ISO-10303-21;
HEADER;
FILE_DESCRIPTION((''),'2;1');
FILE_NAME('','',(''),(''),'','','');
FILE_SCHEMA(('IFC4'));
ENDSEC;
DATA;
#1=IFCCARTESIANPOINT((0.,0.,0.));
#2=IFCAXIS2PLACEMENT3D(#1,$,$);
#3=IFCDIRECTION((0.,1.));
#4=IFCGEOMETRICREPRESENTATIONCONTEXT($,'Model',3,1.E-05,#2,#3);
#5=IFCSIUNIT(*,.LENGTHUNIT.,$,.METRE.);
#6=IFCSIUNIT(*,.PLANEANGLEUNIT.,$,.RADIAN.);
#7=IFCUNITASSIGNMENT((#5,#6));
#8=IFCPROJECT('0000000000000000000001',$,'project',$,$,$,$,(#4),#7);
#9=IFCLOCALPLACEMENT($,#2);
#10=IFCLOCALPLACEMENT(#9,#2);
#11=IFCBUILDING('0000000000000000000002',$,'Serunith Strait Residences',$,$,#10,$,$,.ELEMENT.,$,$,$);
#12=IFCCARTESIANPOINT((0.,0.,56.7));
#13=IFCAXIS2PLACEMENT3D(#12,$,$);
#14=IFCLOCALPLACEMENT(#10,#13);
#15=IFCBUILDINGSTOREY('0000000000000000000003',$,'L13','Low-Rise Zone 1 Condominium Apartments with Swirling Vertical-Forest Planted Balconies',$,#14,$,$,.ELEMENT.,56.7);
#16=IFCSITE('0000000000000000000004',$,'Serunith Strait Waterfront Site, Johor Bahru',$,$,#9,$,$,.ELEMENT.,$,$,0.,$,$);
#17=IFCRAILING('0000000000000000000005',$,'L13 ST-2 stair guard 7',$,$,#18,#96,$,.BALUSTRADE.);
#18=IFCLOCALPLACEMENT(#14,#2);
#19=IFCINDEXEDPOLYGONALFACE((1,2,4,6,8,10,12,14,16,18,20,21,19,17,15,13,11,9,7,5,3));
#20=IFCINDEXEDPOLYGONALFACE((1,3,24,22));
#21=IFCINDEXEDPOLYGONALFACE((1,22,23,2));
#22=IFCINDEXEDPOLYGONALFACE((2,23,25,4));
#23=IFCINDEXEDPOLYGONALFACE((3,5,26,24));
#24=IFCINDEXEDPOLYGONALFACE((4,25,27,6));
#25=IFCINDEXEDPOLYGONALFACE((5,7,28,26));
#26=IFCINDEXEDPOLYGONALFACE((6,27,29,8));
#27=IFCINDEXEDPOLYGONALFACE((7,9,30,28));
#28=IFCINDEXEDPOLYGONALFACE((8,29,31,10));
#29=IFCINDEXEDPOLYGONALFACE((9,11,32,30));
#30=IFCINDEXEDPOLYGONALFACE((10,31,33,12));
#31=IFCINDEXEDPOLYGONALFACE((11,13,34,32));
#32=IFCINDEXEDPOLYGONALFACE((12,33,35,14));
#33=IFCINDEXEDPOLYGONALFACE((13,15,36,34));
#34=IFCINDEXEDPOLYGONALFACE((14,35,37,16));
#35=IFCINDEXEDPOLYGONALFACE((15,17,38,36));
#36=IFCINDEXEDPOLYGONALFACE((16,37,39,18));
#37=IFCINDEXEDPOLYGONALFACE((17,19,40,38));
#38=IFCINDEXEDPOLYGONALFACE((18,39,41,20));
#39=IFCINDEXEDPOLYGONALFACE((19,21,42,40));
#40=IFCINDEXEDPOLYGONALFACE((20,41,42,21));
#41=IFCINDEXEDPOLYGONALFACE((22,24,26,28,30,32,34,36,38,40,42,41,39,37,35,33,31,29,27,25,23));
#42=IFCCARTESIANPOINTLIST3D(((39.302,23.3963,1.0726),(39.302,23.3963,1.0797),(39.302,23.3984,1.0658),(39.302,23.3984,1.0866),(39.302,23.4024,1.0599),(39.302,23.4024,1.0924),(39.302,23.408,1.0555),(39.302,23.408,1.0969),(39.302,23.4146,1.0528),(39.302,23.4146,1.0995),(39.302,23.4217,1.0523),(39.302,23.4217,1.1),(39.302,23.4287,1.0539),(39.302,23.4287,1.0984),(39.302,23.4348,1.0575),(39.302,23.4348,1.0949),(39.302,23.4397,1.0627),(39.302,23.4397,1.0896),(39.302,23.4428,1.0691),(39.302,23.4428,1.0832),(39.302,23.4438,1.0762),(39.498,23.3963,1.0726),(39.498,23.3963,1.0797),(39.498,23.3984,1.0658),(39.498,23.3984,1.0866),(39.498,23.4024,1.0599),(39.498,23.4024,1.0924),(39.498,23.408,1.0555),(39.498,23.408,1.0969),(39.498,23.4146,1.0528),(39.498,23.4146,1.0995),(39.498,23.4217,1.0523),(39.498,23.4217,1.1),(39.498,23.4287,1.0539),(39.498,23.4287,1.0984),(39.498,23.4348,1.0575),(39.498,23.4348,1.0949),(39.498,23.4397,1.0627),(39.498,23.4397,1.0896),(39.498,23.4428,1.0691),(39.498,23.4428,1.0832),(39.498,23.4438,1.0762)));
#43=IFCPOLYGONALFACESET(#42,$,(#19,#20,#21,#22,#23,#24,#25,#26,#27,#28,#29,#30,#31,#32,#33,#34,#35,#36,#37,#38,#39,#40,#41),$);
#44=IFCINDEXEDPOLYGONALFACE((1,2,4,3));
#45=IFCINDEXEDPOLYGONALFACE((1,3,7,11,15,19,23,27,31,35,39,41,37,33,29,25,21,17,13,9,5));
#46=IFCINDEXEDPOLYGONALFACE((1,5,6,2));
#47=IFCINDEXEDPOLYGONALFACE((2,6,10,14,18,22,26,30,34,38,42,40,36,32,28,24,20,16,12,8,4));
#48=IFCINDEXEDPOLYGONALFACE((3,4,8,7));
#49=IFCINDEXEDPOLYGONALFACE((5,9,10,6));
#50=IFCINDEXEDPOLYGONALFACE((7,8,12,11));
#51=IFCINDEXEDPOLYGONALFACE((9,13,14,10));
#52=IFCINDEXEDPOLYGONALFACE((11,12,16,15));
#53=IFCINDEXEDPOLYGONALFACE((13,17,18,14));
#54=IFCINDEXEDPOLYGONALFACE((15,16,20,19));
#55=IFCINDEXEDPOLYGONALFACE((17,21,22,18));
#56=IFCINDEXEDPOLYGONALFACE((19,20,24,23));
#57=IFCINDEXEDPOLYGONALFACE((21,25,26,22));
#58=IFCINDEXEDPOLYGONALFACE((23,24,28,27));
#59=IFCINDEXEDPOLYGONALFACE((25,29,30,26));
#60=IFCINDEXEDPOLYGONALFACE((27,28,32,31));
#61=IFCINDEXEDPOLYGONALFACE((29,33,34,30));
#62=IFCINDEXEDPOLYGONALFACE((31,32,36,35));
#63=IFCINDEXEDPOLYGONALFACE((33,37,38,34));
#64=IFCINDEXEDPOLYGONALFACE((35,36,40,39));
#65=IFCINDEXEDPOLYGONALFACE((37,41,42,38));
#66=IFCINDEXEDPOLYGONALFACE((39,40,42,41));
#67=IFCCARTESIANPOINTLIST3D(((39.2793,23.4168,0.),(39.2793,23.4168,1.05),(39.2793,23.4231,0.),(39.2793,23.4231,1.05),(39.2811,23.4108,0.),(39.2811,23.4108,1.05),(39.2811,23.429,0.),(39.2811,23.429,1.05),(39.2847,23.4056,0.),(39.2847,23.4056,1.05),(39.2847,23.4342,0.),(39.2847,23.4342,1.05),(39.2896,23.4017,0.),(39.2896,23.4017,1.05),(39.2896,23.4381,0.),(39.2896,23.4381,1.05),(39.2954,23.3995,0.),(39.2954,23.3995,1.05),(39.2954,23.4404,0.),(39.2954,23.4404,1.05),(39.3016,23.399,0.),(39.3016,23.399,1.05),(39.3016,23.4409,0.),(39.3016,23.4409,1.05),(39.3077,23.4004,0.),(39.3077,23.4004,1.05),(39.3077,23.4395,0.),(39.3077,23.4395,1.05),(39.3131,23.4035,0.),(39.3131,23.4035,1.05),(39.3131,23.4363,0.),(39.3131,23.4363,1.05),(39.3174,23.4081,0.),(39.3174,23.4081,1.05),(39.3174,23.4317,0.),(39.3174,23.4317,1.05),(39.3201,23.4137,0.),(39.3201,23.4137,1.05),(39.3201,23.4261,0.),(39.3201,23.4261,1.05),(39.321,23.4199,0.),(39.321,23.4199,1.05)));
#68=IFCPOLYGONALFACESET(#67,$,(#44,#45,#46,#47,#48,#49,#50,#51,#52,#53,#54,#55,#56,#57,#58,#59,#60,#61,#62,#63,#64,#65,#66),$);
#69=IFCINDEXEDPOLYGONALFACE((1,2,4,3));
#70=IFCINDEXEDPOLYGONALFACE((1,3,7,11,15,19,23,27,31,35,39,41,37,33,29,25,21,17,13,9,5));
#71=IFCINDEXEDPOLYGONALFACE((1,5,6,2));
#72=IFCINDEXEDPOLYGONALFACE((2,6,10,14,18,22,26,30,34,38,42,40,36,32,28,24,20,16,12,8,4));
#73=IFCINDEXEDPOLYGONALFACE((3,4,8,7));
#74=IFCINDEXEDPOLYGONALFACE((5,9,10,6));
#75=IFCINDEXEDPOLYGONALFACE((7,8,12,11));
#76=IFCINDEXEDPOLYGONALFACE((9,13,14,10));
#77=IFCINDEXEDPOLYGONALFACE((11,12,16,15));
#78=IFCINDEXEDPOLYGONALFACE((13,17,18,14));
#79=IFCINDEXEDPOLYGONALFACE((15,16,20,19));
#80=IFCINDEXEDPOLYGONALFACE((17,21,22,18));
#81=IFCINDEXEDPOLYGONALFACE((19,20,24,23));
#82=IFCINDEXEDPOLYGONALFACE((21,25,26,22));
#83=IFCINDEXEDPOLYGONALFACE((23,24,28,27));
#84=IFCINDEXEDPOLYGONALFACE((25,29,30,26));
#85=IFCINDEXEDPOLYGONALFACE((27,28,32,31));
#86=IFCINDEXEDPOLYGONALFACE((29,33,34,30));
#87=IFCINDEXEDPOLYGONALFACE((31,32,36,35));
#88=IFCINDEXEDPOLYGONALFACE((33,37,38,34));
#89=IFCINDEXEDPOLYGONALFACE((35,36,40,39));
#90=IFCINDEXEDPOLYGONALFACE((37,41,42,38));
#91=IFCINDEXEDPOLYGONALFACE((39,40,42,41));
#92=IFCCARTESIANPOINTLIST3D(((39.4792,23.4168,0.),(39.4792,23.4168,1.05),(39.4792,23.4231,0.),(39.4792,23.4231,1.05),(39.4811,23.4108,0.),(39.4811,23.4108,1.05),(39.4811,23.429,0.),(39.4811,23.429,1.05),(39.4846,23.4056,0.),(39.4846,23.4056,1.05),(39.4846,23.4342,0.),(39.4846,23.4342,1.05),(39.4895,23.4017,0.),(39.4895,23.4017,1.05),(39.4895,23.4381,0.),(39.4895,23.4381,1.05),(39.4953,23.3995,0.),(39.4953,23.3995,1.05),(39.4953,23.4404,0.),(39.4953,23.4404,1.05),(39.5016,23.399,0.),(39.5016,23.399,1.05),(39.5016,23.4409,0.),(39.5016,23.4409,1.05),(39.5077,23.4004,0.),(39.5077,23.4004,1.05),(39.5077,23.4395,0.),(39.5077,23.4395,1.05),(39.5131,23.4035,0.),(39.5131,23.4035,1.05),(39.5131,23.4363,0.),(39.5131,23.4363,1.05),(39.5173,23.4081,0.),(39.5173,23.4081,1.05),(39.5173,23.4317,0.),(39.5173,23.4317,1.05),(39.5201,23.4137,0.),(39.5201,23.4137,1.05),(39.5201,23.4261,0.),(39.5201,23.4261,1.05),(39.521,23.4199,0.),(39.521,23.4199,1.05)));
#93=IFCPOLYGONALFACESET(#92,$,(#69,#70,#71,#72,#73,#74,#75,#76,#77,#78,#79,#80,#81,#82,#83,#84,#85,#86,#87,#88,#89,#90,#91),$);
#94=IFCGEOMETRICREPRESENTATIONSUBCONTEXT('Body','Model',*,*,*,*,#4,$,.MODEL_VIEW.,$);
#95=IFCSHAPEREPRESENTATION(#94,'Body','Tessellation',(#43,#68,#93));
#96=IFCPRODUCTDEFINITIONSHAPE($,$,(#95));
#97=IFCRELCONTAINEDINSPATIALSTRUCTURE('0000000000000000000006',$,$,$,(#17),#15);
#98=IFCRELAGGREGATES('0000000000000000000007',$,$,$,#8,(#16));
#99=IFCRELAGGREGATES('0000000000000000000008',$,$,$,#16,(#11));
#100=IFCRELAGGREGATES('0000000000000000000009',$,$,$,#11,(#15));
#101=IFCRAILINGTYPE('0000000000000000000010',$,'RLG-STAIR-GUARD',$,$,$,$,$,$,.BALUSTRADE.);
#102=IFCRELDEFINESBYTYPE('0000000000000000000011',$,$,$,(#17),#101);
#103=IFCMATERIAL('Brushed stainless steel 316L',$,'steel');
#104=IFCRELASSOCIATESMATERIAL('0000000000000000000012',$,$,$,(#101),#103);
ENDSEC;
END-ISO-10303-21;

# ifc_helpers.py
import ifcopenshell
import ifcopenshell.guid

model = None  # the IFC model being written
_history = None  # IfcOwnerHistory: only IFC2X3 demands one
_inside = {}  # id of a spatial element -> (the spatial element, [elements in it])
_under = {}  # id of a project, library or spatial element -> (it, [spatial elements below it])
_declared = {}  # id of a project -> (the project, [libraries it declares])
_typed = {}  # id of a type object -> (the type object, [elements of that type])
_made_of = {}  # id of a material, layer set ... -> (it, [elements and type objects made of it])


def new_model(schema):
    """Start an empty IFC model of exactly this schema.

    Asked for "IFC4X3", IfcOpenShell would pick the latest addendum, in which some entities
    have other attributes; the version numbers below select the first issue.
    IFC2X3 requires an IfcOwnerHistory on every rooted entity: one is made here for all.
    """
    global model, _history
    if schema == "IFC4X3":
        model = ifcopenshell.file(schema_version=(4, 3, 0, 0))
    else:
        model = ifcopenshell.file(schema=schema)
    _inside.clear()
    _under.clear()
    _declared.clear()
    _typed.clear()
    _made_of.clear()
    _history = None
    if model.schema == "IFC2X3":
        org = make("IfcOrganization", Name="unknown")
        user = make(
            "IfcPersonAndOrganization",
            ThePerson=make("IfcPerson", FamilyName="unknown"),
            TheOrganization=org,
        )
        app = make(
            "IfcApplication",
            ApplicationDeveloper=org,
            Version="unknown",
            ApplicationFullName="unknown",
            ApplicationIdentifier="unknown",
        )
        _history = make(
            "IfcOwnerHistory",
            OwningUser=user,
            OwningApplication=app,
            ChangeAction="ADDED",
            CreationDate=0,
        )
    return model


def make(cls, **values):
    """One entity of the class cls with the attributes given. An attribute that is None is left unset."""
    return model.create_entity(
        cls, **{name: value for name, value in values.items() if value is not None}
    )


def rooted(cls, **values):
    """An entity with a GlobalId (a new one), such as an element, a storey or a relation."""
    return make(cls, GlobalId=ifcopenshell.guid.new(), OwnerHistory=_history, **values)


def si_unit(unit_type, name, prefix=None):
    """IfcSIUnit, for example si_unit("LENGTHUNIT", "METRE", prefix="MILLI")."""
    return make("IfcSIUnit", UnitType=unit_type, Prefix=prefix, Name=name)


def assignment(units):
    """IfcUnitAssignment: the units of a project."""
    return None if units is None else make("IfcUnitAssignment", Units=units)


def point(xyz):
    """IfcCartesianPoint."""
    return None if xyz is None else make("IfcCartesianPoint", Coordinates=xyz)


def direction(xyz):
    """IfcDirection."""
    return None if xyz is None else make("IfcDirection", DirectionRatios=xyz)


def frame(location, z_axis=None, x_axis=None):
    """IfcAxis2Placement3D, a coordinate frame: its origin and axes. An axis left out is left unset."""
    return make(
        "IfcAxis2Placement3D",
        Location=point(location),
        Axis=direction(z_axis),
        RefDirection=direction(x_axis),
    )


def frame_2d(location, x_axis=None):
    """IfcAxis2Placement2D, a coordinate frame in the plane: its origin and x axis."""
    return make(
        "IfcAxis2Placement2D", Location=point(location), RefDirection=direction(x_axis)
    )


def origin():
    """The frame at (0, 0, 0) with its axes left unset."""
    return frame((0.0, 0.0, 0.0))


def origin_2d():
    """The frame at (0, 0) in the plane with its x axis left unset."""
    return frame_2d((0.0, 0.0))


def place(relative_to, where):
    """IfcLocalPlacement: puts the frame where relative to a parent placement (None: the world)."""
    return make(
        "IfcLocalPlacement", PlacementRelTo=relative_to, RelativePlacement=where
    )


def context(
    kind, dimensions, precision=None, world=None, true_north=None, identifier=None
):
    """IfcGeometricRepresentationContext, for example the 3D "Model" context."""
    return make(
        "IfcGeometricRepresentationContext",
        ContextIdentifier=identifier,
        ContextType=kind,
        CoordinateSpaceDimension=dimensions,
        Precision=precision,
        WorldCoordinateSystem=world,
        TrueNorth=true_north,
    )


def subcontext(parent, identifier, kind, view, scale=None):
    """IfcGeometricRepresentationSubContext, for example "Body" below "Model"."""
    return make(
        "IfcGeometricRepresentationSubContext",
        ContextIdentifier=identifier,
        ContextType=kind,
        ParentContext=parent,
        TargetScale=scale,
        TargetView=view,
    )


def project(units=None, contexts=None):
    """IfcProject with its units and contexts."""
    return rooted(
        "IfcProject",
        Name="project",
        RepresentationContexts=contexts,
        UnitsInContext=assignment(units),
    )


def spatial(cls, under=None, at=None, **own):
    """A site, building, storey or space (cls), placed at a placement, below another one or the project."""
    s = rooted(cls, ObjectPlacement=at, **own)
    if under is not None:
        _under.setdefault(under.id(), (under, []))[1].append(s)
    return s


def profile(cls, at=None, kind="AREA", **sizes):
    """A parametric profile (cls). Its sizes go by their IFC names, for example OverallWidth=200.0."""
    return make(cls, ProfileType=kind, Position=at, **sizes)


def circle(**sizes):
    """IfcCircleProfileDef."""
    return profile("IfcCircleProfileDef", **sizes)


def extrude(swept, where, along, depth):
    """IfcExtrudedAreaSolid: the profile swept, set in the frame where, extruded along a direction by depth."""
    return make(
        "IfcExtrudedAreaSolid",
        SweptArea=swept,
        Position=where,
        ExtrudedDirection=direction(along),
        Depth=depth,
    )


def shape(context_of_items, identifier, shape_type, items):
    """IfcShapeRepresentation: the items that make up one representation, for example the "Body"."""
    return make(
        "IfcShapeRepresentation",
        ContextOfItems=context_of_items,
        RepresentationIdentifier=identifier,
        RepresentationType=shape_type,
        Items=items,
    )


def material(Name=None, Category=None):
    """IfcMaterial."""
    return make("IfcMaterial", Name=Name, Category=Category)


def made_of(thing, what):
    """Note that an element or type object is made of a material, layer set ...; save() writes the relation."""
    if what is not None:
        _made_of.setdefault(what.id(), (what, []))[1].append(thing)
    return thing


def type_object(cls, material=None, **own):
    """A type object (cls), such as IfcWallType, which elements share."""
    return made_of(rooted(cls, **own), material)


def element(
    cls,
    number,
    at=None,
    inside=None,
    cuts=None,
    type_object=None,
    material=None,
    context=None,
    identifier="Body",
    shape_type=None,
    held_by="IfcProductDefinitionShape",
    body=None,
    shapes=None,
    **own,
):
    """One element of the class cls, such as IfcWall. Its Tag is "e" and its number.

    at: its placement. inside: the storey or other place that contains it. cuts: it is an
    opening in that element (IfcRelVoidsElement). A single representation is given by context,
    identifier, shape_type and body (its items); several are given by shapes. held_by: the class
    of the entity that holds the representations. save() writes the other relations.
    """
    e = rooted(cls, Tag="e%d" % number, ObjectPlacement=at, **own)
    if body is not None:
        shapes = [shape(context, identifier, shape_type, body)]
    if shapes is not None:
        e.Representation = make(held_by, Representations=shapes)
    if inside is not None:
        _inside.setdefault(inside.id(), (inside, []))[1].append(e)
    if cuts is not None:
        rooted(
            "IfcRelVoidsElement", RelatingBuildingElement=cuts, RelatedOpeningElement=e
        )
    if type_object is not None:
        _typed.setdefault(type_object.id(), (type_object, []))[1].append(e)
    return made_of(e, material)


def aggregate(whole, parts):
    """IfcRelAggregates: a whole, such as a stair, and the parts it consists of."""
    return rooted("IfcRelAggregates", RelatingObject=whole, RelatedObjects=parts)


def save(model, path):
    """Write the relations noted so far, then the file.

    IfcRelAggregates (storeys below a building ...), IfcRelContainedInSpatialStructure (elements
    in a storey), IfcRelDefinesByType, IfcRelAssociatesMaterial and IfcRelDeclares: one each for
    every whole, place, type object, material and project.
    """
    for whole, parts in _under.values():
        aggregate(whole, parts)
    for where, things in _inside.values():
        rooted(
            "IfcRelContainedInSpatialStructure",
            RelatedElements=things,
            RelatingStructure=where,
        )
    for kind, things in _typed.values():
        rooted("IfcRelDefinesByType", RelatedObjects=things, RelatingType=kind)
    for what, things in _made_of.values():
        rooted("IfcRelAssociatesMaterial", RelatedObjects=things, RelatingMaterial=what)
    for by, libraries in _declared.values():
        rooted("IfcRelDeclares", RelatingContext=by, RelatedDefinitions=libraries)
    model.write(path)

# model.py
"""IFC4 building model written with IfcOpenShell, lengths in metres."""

from ifc_helpers import new_model, si_unit, direction, frame, origin, origin_2d, place, context, subcontext, project, spatial, circle, extrude, material, type_object, element, save


model = new_model("IFC4")

# Units and contexts
model_context = context("Model", 3, precision=1e-05, world=origin(), true_north=direction((0.0, 1.0)))
body_context = subcontext(model_context, "Body", "Model", "MODEL_VIEW")
ifc_project = project(units=[si_unit("LENGTHUNIT", "METRE"), si_unit("PLANEANGLEUNIT", "RADIAN")], contexts=[model_context])

# Site, building, storey
site_placement = place(None, origin())
site = spatial("IfcSite", under=ifc_project, at=site_placement, Name="Serunith Strait Waterfront Site, Johor Bahru", CompositionType="ELEMENT", RefElevation=0.0)
building_placement = place(site_placement, origin())
building = spatial("IfcBuilding", under=site, at=building_placement, Name="Serunith Strait Residences", CompositionType="ELEMENT")
storey_placement = place(building_placement, frame((0.0, 0.0, 56.7)))
storey = spatial("IfcBuildingStorey", under=building, at=storey_placement, Name="L13", Description="Low-Rise Zone 1 Condominium Apartments with Swirling Vertical-Forest Planted Balconies", CompositionType="ELEMENT", Elevation=56.7)

# Railing
ifc_material_1 = material(Name="Brushed stainless steel 316L", Category="steel")
railing_type_1 = type_object("IfcRailingType", Name="RLG-STAIR-GUARD", PredefinedType="BALUSTRADE", material=ifc_material_1)
railing_1_placement = place(storey_placement, frame((39.3, 23.4199, 0.0)))
element("IfcRailing", 1, at=railing_1_placement, inside=storey, type_object=railing_type_1, Name="L13 ST-2 stair guard 7", PredefinedType="BALUSTRADE", context=body_context, shape_type="SweptSolid", body=[
    extrude(circle(Radius=0.0239, at=origin_2d()), frame((0.002, 0.0, 1.0762), z_axis=(1.0, 0.0, 0.0), x_axis=(0.0, 1.0, 0.0)), (0.0, 0.0, 1.0), 0.196),
    extrude(circle(Radius=0.021, at=origin_2d()), origin(), (0.0, 0.0, 1.0), 1.05),
    extrude(circle(Radius=0.021, at=origin_2d()), frame((0.2, 0.0, 0.0)), (0.0, 0.0, 1.0), 1.05),
])

save(model, "model.ifc")
